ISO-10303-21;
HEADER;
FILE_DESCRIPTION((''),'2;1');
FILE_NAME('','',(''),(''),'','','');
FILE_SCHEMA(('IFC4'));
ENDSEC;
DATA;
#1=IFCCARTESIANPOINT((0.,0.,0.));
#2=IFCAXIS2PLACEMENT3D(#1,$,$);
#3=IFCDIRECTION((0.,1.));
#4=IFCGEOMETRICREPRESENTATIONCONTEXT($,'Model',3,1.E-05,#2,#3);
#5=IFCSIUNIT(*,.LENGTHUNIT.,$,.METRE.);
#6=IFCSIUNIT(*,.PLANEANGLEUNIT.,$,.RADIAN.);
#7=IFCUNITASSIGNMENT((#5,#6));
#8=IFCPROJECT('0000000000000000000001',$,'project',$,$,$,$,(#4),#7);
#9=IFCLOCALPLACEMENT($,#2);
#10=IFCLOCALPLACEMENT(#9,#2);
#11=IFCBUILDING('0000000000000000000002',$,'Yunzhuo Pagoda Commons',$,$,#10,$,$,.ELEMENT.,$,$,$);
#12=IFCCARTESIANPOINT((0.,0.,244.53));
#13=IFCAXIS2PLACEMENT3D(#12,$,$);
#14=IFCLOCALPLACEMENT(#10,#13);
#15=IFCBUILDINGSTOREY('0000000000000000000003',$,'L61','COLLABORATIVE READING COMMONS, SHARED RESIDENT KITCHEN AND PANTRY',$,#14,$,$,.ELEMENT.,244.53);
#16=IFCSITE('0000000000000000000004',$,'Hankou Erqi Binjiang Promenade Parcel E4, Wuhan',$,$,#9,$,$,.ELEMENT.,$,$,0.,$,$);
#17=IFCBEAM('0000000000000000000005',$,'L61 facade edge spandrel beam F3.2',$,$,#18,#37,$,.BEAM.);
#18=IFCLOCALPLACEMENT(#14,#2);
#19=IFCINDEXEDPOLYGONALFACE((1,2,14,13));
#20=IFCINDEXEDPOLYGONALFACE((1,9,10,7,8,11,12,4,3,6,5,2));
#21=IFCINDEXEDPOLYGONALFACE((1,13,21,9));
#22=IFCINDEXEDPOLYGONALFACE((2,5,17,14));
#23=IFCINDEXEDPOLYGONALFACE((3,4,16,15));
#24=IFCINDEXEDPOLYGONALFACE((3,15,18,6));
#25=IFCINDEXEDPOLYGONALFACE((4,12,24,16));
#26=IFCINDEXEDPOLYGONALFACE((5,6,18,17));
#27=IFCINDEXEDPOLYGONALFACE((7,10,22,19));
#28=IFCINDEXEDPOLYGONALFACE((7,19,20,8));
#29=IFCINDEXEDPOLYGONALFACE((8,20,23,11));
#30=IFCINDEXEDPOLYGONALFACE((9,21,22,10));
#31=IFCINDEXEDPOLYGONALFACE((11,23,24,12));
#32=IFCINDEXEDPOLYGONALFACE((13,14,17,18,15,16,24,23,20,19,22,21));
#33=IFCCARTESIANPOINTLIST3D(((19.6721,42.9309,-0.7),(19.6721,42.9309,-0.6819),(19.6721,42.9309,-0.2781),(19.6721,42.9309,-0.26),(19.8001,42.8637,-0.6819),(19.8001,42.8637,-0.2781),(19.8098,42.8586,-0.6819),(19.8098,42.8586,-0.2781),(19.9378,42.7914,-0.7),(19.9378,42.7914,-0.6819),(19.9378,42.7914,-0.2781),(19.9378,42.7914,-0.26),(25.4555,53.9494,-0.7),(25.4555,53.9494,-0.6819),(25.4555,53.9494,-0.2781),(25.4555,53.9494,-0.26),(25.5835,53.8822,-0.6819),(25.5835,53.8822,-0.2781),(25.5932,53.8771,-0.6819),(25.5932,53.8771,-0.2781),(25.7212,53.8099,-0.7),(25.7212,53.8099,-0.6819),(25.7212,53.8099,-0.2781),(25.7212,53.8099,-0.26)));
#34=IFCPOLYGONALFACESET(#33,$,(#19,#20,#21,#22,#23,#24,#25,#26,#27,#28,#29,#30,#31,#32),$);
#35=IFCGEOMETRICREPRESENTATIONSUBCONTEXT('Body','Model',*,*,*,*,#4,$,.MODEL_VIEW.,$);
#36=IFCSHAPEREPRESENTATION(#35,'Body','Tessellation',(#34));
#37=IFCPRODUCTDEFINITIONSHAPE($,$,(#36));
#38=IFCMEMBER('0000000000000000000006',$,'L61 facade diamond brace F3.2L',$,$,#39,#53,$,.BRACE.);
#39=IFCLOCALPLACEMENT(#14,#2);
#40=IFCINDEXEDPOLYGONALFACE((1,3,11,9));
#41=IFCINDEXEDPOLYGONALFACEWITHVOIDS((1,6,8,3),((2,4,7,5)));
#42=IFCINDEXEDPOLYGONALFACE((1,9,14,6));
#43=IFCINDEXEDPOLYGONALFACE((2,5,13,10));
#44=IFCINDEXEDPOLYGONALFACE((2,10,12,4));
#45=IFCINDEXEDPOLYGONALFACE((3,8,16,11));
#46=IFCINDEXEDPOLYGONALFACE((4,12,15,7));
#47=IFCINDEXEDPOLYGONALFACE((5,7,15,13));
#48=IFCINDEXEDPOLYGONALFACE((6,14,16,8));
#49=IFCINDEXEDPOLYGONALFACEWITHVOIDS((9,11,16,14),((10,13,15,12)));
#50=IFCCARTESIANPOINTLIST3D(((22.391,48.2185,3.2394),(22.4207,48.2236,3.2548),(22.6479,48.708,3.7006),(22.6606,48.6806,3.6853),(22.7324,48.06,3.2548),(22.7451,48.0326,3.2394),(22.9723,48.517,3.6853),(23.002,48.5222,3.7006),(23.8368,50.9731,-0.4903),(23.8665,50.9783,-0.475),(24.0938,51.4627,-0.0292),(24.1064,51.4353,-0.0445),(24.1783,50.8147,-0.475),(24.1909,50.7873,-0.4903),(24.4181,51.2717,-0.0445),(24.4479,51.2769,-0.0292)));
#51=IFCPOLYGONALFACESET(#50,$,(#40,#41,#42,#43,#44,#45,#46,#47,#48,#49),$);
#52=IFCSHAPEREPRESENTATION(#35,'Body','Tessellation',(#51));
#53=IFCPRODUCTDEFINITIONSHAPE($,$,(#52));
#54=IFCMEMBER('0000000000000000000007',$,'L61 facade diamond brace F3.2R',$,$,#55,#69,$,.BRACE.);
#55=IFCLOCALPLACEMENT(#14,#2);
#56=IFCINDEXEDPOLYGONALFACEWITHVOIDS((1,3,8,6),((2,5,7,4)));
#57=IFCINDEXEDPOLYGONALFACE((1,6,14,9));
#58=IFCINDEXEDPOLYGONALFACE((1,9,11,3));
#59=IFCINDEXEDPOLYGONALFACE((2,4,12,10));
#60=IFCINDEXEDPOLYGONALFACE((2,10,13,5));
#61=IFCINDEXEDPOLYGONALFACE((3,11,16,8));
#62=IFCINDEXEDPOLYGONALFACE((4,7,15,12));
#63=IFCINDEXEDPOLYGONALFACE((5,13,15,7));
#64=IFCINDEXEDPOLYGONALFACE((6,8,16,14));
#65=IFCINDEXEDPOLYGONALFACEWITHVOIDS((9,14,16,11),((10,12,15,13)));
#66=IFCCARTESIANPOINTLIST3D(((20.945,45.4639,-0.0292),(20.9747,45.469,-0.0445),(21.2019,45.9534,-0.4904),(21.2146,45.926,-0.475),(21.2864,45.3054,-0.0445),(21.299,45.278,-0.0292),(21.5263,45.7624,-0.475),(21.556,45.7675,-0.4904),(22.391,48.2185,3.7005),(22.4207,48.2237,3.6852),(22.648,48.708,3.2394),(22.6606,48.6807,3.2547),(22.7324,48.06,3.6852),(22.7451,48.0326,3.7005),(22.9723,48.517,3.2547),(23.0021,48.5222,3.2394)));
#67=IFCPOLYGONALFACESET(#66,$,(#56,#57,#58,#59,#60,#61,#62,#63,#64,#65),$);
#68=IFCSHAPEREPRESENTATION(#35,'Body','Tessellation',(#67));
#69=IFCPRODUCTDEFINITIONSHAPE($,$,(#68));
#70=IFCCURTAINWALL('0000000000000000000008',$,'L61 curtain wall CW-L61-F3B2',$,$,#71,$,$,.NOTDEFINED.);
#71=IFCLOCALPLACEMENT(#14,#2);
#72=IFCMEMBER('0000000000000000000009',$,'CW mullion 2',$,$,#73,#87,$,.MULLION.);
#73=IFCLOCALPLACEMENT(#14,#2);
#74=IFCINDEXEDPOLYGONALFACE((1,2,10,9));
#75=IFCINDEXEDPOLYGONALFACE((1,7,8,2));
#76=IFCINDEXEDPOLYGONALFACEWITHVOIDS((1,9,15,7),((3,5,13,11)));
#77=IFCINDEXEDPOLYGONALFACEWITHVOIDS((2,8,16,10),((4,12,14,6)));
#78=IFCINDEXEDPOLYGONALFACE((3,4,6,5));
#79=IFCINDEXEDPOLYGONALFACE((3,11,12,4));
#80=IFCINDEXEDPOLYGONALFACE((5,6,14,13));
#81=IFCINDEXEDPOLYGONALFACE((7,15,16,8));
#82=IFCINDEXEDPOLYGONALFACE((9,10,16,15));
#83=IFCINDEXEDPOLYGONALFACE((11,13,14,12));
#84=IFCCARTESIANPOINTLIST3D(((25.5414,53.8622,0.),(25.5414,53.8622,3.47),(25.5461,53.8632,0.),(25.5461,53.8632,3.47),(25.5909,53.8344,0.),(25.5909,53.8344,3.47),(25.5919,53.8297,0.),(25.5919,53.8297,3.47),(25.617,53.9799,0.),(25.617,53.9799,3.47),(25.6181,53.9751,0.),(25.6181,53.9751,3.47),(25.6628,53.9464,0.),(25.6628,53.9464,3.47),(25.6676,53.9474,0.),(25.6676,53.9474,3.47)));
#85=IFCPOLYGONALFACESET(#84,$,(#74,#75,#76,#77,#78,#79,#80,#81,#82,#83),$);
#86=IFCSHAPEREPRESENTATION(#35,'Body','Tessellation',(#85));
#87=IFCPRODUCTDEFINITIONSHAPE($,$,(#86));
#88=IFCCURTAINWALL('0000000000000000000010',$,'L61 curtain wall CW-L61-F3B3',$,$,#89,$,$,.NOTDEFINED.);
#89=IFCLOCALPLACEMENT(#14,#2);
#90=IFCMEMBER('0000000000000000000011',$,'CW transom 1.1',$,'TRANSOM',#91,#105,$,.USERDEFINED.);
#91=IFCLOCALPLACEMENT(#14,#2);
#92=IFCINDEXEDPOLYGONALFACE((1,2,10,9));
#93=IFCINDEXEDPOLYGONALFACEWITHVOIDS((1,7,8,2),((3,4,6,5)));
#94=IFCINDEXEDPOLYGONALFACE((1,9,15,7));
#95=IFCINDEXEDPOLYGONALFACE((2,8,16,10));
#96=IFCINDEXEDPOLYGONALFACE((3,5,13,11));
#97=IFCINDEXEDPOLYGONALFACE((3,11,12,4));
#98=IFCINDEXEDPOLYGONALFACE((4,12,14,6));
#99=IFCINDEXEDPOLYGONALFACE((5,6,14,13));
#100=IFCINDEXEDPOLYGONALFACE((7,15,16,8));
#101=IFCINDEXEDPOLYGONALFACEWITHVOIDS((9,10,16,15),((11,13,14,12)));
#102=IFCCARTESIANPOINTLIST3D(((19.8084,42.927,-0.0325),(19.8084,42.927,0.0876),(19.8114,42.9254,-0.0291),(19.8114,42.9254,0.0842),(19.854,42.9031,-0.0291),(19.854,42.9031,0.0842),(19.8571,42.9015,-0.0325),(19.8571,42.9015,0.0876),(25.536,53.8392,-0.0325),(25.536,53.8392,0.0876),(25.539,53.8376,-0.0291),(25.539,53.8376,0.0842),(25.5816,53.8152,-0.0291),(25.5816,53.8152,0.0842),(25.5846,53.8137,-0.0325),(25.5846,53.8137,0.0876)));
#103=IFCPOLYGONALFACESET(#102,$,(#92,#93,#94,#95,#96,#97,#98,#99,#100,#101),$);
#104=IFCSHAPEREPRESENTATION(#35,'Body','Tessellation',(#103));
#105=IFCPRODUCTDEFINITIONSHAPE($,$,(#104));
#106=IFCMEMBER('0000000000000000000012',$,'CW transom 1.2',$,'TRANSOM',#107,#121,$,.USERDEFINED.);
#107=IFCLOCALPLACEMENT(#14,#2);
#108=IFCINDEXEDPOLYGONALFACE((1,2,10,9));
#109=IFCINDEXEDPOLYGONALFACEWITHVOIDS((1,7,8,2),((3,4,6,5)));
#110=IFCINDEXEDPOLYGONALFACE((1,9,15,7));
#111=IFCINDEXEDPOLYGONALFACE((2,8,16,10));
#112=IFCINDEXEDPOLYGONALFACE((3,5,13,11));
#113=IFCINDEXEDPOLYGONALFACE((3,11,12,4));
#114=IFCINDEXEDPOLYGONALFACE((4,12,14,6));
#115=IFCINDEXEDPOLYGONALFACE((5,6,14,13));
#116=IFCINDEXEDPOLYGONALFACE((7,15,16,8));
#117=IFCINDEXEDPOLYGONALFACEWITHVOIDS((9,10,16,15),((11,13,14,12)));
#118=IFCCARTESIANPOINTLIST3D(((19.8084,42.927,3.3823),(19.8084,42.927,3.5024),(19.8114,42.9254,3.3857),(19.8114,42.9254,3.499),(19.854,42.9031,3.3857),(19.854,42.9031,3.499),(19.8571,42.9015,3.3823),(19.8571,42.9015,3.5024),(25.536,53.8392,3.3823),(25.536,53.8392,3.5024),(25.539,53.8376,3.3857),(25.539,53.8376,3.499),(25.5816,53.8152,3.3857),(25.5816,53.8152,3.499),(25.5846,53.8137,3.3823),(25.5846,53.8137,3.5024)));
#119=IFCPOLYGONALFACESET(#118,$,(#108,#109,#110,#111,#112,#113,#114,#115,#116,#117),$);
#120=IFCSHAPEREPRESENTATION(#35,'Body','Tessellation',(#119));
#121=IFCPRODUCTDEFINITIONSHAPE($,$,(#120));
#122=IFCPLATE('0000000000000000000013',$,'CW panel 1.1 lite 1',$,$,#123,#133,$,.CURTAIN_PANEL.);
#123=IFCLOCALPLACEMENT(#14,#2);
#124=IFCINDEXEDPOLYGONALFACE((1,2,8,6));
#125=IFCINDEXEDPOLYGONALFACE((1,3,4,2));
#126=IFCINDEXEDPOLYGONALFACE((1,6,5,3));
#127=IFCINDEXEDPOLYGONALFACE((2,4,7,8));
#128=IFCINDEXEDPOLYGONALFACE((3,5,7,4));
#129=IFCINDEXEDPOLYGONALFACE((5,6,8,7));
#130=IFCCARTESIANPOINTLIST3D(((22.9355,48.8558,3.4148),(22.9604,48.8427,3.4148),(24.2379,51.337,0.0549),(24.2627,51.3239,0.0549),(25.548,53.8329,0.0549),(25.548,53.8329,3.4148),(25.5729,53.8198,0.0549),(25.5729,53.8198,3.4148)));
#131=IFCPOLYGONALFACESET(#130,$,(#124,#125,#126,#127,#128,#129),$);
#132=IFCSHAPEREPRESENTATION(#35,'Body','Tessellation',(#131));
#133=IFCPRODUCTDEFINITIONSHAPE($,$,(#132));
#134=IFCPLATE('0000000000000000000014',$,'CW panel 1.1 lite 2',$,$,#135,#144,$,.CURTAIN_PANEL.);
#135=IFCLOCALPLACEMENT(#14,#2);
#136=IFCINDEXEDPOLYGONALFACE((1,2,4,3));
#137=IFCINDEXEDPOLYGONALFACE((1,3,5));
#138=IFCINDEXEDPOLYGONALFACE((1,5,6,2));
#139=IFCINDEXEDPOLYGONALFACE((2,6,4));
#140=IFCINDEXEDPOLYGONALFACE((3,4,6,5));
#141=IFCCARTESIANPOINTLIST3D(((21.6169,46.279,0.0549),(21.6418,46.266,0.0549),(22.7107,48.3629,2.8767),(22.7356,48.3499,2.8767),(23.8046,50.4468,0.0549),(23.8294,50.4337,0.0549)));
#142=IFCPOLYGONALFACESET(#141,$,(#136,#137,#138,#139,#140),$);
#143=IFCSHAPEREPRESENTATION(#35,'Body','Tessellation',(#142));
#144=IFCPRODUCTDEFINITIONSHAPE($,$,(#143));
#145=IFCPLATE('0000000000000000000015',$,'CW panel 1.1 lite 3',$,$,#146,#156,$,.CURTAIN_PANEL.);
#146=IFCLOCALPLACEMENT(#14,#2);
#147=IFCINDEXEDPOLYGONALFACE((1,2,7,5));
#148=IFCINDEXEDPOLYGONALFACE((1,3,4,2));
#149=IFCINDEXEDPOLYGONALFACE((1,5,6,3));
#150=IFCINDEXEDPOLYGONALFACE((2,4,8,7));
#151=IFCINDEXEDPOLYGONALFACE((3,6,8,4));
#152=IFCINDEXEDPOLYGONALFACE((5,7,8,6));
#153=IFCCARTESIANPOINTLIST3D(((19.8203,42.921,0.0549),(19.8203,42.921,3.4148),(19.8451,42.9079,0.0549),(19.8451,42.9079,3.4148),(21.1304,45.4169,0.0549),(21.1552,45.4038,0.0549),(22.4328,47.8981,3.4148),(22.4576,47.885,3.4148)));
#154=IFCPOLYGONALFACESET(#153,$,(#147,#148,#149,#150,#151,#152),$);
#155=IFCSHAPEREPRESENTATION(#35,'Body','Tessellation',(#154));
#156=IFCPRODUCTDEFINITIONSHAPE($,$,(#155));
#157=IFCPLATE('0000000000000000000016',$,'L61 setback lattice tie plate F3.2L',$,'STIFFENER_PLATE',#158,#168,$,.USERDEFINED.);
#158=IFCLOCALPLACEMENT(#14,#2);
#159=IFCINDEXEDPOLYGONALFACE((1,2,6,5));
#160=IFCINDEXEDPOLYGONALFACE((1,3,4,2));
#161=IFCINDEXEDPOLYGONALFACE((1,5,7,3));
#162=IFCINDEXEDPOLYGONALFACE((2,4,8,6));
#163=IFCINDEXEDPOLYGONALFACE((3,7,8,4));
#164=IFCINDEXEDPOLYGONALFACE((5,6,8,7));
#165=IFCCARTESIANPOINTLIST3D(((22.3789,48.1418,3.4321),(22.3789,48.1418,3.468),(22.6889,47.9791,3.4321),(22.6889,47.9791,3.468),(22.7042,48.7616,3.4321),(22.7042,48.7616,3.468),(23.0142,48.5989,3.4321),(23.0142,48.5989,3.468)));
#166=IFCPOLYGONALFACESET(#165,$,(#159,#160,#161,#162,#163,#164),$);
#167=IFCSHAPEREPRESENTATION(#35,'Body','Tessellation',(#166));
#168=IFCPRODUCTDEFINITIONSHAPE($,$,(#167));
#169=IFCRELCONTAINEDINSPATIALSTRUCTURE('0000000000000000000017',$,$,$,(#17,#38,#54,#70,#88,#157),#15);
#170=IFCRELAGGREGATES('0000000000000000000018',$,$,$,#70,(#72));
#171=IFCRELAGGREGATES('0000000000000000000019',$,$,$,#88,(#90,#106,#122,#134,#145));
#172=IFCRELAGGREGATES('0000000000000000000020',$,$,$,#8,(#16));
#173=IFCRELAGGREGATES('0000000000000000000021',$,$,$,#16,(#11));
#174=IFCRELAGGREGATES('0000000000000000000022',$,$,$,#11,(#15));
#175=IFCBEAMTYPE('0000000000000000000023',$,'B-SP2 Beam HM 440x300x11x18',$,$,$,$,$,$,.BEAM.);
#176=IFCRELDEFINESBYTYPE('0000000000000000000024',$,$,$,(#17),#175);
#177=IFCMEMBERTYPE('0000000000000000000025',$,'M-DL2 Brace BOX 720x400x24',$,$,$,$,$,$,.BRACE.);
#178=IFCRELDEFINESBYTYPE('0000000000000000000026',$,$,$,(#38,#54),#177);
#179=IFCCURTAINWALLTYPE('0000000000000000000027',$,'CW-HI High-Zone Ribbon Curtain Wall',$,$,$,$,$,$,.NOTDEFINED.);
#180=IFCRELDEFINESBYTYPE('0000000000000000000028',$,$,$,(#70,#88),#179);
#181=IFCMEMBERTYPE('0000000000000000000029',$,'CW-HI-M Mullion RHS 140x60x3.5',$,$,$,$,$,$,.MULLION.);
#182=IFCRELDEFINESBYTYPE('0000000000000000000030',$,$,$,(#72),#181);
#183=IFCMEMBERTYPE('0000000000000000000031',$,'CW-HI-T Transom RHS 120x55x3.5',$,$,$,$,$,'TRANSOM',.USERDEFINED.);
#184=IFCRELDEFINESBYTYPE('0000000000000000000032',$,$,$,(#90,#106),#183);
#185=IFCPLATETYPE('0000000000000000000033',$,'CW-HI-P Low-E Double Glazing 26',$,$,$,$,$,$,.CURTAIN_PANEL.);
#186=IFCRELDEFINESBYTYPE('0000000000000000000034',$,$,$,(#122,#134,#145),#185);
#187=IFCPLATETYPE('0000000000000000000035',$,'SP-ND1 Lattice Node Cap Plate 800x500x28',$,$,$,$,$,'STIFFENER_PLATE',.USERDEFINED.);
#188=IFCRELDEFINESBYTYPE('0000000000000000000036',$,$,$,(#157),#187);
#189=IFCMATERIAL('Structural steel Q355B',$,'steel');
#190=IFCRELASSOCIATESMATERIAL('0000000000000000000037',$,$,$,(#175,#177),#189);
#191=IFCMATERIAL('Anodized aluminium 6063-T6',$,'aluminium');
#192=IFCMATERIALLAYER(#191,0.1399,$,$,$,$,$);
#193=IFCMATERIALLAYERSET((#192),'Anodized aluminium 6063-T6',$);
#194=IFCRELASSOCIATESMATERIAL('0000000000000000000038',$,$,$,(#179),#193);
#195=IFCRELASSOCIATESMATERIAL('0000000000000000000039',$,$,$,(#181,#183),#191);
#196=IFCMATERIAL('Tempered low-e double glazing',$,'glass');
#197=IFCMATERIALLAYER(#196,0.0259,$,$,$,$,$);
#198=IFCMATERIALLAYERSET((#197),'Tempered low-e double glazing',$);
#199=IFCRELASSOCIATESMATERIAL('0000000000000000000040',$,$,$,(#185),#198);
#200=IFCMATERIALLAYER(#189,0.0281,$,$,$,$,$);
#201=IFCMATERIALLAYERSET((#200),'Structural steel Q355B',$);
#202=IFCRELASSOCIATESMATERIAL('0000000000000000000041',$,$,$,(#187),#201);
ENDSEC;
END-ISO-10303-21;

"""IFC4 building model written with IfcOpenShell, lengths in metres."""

from ifc_helpers import new_model, si_unit, direction, frame, origin, origin_2d, place, context, subcontext, project, spatial, polyline, rectangle, hollow_rectangle, i_section, outline, extrude, source, transform, mapped, material, layer, layer_set, material_profile, profile_set, type_object, element, aggregate, save


model = new_model("IFC4")

# Units and contexts
model_context = context("Model", 3, precision=1e-05, world=origin(), true_north=direction((0.0, 1.0)))
body_context = subcontext(model_context, "Body", "Model", "MODEL_VIEW")
ifc_project = project(units=[si_unit("LENGTHUNIT", "METRE"), si_unit("PLANEANGLEUNIT", "RADIAN")], contexts=[model_context])

# Site, building, storey
site_placement = place(None, origin())
site = spatial("IfcSite", under=ifc_project, at=site_placement, Name="Hankou Erqi Binjiang Promenade Parcel E4, Wuhan", CompositionType="ELEMENT", RefElevation=0.0)
building_placement = place(site_placement, origin())
building = spatial("IfcBuilding", under=site, at=building_placement, Name="Yunzhuo Pagoda Commons", CompositionType="ELEMENT")
storey_placement = place(building_placement, frame((0.0, 0.0, 244.53)))
storey = spatial("IfcBuildingStorey", under=building, at=storey_placement, Name="L61", Description="COLLABORATIVE READING COMMONS, SHARED RESIDENT KITCHEN AND PANTRY", CompositionType="ELEMENT", Elevation=244.53)

# Shared definitions
ifc_material_1 = material(Name="Structural steel Q355B", Category="steel")

# Beam
ifc_material_profile_1 = material_profile(ifc_material_1, i_section(OverallWidth=0.3, OverallDepth=0.4399, WebThickness=0.011, FlangeThickness=0.0181, at=origin_2d()), Name="Structural steel Q355B")
ifc_profile_set_1 = profile_set([ifc_material_profile_1], Name="Structural steel Q355B")
beam_type_1 = type_object("IfcBeamType", Name="B-SP2 Beam HM 440x300x11x18", PredefinedType="BEAM", material=ifc_profile_set_1)
shared_shape_1 = source(origin(), body_context, "Body", "SweptSolid", [
    extrude(i_section(OverallWidth=0.3, OverallDepth=0.4399, WebThickness=0.011, FlangeThickness=0.0181, at=origin_2d()), origin(), (0.0, 0.0, 1.0), 12.4441),
])
beam_1_placement = place(storey_placement, frame((25.5884, 53.8796, -0.48), z_axis=(-0.464752, -0.885441, 0.0), x_axis=(0.885441, -0.464752, 0.0)))
element("IfcBeam", 1, at=beam_1_placement, inside=storey, type_object=beam_type_1, Name="L61 facade edge spandrel beam F3.2", PredefinedType="BEAM", context=body_context, shape_type="MappedRepresentation", body=[
    mapped(shared_shape_1, transform((0.0, 0.0, 0.0), scale=1.0)),
])

# Members
ifc_material_profile_2 = material_profile(ifc_material_1, hollow_rectangle(XDim=0.3999, YDim=0.72, WallThickness=0.0239, at=origin_2d()), Name="Structural steel Q355B")
ifc_profile_set_2 = profile_set([ifc_material_profile_2], Name="Structural steel Q355B")
member_type_1 = type_object("IfcMemberType", Name="M-DL2 Brace BOX 720x400x24", PredefinedType="BRACE", material=ifc_profile_set_2)
shared_shape_2 = source(origin(), body_context, "Body", "SweptSolid", [
    extrude(hollow_rectangle(XDim=0.3999, YDim=0.72, WallThickness=0.0239, at=origin_2d()), origin(), (0.0, 0.0, 1.0), 4.8569),
])
for number, where, z_axis, x_axis, name in (
    (2, (24.1423, 51.125, -0.2598), (-0.297681, -0.567162, 0.767928), (0.885449, -0.464737, 0.0), "L61 facade diamond brace F3.2L"),
    (3, (21.2505, 45.6157, -0.2598), (0.297727, 0.567153, 0.767917), (-0.885416, 0.464799, 0.0), "L61 facade diamond brace F3.2R"),
):
    element("IfcMember", number, at=place(storey_placement, frame(where, z_axis=z_axis, x_axis=x_axis)), inside=storey, type_object=member_type_1, Name=name, PredefinedType="BRACE", context=body_context, shape_type="MappedRepresentation", body=[
        mapped(shared_shape_2, transform((0.0, 0.0, 0.0), scale=1.0)),
    ])

# Curtain wall, member
ifc_material_2 = material(Name="Anodized aluminium 6063-T6", Category="aluminium")
ifc_layer_1 = layer(ifc_material_2, 0.1399)
ifc_layer_set_1 = layer_set([ifc_layer_1], Name="Anodized aluminium 6063-T6")
curtain_wall_type = type_object("IfcCurtainWallType", Name="CW-HI High-Zone Ribbon Curtain Wall", PredefinedType="NOTDEFINED", material=ifc_layer_set_1)
curtain_wall_1_placement = place(storey_placement, origin())
curtain_wall_1 = element("IfcCurtainWall", 4, at=curtain_wall_1_placement, inside=storey, type_object=curtain_wall_type, Name="L61 curtain wall CW-L61-F3B2", PredefinedType="NOTDEFINED")
ifc_material_profile_3 = material_profile(ifc_material_2, hollow_rectangle(XDim=0.0601, YDim=0.1399, WallThickness=0.0034, at=origin_2d()), Name="Anodized aluminium 6063-T6")
ifc_profile_set_3 = profile_set([ifc_material_profile_3], Name="Anodized aluminium 6063-T6")
member_type_2 = type_object("IfcMemberType", Name="CW-HI-M Mullion RHS 140x60x3.5", PredefinedType="MULLION", material=ifc_profile_set_3)
shared_shape_3 = source(origin(), body_context, "Body", "SweptSolid", [
    extrude(hollow_rectangle(XDim=0.0601, YDim=0.1399, WallThickness=0.0034, at=origin_2d()), origin(), (0.0, 0.0, 1.0), 3.47),
])
member_1_placement = place(storey_placement, frame((25.6045, 53.9048, 0.0), z_axis=(0.0, 0.0, 1.0), x_axis=(0.841269, -0.540617, 0.0)))
member_1 = element("IfcMember", 5, at=member_1_placement, type_object=member_type_2, Name="CW mullion 2", PredefinedType="MULLION", context=body_context, shape_type="MappedRepresentation", body=[
    mapped(shared_shape_3, transform((0.0, 0.0, 0.0), scale=1.0)),
])
aggregate(curtain_wall_1, [member_1])

# Curtain wall, members, plates
curtain_wall_2_placement = place(storey_placement, origin())
curtain_wall_2 = element("IfcCurtainWall", 6, at=curtain_wall_2_placement, inside=storey, type_object=curtain_wall_type, Name="L61 curtain wall CW-L61-F3B3", PredefinedType="NOTDEFINED")
ifc_material_profile_4 = material_profile(ifc_material_2, hollow_rectangle(XDim=0.0549, YDim=0.1201, WallThickness=0.0034, at=origin_2d()), Name="Anodized aluminium 6063-T6")
ifc_profile_set_4 = profile_set([ifc_material_profile_4], Name="Anodized aluminium 6063-T6")
member_type_3 = type_object("IfcMemberType", Name="CW-HI-T Transom RHS 120x55x3.5", ElementType="TRANSOM", PredefinedType="USERDEFINED", material=ifc_profile_set_4)
shared_shape_4 = source(origin(), body_context, "Body", "SweptSolid", [
    extrude(hollow_rectangle(XDim=0.0549, YDim=0.1201, WallThickness=0.0034, at=origin_2d()), origin(), (0.0, 0.0, 1.0), 12.324),
])
member_2_placement = place(storey_placement, frame((25.5603, 53.8264, 0.0276), z_axis=(-0.46475, -0.885442, 0.0), x_axis=(0.885442, -0.46475, 0.0)))
member_2 = element("IfcMember", 7, at=member_2_placement, type_object=member_type_3, Name="CW transom 1.1", ObjectType="TRANSOM", PredefinedType="USERDEFINED", context=body_context, shape_type="MappedRepresentation", body=[
    mapped(shared_shape_4, transform((0.0, 0.0, 0.0), scale=1.0)),
])
member_3_placement = place(storey_placement, frame((25.5603, 53.8264, 3.4424), z_axis=(-0.46475, -0.885442, 0.0), x_axis=(0.885442, -0.46475, 0.0)))
member_3 = element("IfcMember", 8, at=member_3_placement, type_object=member_type_3, Name="CW transom 1.2", ObjectType="TRANSOM", PredefinedType="USERDEFINED", context=body_context, shape_type="MappedRepresentation", body=[
    mapped(shared_shape_4, transform((0.0, 0.0, 0.0), scale=1.0)),
])
ifc_material_3 = material(Name="Tempered low-e double glazing", Category="glass")
ifc_layer_2 = layer(ifc_material_3, 0.0259)
ifc_layer_set_2 = layer_set([ifc_layer_2], Name="Tempered low-e double glazing")
plate_type_1 = type_object("IfcPlateType", Name="CW-HI-P Low-E Double Glazing 26", PredefinedType="CURTAIN_PANEL", material=ifc_layer_set_2)
plate_1_placement = place(storey_placement, frame((24.2666, 51.3313, 1.7349), z_axis=(-0.885433, 0.464767, 0.0), x_axis=(-0.464767, -0.885433, 0.0)))
plate_1 = element("IfcPlate", 9, at=plate_1_placement, type_object=plate_type_1, Name="CW panel 1.1 lite 1", PredefinedType="CURTAIN_PANEL", context=body_context, shape_type="SweptSolid", body=[
    extrude(outline(polyline([(-2.8105, -1.6799), (0.0083, -1.6799), (2.8105, 1.6799), (-2.8105, 1.6799), (-2.8105, -1.6799)])), origin(), (0.0, 0.0, 1.0), 0.0281),
])
plate_2_placement = place(storey_placement, frame((22.7356, 48.3499, 1.4658), z_axis=(-0.885433, 0.464767, 0.0), x_axis=(-0.464767, -0.885433, 0.0)))
plate_2 = element("IfcPlate", 10, at=plate_2_placement, type_object=plate_type_1, Name="CW panel 1.1 lite 2", PredefinedType="CURTAIN_PANEL", context=body_context, shape_type="SweptSolid", body=[
    extrude(outline(polyline([(-2.3535, -1.4109), (2.3535, -1.4109), (0.0, 1.4109), (-2.3535, -1.4109)])), origin(), (0.0, 0.0, 1.0), 0.0281),
])
plate_3_placement = place(storey_placement, frame((21.1514, 45.3965, 1.7349), z_axis=(-0.885433, 0.464767, 0.0), x_axis=(-0.464767, -0.885433, 0.0)))
plate_3 = element("IfcPlate", 11, at=plate_3_placement, type_object=plate_type_1, Name="CW panel 1.1 lite 3", PredefinedType="CURTAIN_PANEL", context=body_context, shape_type="SweptSolid", body=[
    extrude(outline(polyline([(-2.8105, 1.6799), (-0.0083, -1.6799), (2.8105, -1.6799), (2.8105, 1.6799), (-2.8105, 1.6799)])), origin(), (0.0, 0.0, 1.0), 0.0281),
])
aggregate(curtain_wall_2, [member_2, member_3, plate_1, plate_2, plate_3])

# Plate
ifc_layer_3 = layer(ifc_material_1, 0.0281)
ifc_layer_set_3 = layer_set([ifc_layer_3], Name="Structural steel Q355B")
plate_type_2 = type_object("IfcPlateType", Name="SP-ND1 Lattice Node Cap Plate 800x500x28", ElementType="STIFFENER_PLATE", PredefinedType="USERDEFINED", material=ifc_layer_set_3)
shared_shape_5 = source(origin(), body_context, "Body", "SweptSolid", [
    extrude(rectangle(XDim=0.7, YDim=0.3501, at=origin_2d()), origin(), (0.0, 0.0, 1.0), 0.0359),
])
plate_4_placement = place(storey_placement, frame((22.6965, 48.3704, 3.4321), z_axis=(0.0, 0.0, 1.0), x_axis=(-0.464765, -0.885434, 0.0)))
element("IfcPlate", 12, at=plate_4_placement, inside=storey, type_object=plate_type_2, Name="L61 setback lattice tie plate F3.2L", ObjectType="STIFFENER_PLATE", PredefinedType="USERDEFINED", context=body_context, shape_type="MappedRepresentation", body=[
    mapped(shared_shape_5, transform((0.0, 0.0, 0.0), scale=1.0)),
])

save(model, "model.ifc")
